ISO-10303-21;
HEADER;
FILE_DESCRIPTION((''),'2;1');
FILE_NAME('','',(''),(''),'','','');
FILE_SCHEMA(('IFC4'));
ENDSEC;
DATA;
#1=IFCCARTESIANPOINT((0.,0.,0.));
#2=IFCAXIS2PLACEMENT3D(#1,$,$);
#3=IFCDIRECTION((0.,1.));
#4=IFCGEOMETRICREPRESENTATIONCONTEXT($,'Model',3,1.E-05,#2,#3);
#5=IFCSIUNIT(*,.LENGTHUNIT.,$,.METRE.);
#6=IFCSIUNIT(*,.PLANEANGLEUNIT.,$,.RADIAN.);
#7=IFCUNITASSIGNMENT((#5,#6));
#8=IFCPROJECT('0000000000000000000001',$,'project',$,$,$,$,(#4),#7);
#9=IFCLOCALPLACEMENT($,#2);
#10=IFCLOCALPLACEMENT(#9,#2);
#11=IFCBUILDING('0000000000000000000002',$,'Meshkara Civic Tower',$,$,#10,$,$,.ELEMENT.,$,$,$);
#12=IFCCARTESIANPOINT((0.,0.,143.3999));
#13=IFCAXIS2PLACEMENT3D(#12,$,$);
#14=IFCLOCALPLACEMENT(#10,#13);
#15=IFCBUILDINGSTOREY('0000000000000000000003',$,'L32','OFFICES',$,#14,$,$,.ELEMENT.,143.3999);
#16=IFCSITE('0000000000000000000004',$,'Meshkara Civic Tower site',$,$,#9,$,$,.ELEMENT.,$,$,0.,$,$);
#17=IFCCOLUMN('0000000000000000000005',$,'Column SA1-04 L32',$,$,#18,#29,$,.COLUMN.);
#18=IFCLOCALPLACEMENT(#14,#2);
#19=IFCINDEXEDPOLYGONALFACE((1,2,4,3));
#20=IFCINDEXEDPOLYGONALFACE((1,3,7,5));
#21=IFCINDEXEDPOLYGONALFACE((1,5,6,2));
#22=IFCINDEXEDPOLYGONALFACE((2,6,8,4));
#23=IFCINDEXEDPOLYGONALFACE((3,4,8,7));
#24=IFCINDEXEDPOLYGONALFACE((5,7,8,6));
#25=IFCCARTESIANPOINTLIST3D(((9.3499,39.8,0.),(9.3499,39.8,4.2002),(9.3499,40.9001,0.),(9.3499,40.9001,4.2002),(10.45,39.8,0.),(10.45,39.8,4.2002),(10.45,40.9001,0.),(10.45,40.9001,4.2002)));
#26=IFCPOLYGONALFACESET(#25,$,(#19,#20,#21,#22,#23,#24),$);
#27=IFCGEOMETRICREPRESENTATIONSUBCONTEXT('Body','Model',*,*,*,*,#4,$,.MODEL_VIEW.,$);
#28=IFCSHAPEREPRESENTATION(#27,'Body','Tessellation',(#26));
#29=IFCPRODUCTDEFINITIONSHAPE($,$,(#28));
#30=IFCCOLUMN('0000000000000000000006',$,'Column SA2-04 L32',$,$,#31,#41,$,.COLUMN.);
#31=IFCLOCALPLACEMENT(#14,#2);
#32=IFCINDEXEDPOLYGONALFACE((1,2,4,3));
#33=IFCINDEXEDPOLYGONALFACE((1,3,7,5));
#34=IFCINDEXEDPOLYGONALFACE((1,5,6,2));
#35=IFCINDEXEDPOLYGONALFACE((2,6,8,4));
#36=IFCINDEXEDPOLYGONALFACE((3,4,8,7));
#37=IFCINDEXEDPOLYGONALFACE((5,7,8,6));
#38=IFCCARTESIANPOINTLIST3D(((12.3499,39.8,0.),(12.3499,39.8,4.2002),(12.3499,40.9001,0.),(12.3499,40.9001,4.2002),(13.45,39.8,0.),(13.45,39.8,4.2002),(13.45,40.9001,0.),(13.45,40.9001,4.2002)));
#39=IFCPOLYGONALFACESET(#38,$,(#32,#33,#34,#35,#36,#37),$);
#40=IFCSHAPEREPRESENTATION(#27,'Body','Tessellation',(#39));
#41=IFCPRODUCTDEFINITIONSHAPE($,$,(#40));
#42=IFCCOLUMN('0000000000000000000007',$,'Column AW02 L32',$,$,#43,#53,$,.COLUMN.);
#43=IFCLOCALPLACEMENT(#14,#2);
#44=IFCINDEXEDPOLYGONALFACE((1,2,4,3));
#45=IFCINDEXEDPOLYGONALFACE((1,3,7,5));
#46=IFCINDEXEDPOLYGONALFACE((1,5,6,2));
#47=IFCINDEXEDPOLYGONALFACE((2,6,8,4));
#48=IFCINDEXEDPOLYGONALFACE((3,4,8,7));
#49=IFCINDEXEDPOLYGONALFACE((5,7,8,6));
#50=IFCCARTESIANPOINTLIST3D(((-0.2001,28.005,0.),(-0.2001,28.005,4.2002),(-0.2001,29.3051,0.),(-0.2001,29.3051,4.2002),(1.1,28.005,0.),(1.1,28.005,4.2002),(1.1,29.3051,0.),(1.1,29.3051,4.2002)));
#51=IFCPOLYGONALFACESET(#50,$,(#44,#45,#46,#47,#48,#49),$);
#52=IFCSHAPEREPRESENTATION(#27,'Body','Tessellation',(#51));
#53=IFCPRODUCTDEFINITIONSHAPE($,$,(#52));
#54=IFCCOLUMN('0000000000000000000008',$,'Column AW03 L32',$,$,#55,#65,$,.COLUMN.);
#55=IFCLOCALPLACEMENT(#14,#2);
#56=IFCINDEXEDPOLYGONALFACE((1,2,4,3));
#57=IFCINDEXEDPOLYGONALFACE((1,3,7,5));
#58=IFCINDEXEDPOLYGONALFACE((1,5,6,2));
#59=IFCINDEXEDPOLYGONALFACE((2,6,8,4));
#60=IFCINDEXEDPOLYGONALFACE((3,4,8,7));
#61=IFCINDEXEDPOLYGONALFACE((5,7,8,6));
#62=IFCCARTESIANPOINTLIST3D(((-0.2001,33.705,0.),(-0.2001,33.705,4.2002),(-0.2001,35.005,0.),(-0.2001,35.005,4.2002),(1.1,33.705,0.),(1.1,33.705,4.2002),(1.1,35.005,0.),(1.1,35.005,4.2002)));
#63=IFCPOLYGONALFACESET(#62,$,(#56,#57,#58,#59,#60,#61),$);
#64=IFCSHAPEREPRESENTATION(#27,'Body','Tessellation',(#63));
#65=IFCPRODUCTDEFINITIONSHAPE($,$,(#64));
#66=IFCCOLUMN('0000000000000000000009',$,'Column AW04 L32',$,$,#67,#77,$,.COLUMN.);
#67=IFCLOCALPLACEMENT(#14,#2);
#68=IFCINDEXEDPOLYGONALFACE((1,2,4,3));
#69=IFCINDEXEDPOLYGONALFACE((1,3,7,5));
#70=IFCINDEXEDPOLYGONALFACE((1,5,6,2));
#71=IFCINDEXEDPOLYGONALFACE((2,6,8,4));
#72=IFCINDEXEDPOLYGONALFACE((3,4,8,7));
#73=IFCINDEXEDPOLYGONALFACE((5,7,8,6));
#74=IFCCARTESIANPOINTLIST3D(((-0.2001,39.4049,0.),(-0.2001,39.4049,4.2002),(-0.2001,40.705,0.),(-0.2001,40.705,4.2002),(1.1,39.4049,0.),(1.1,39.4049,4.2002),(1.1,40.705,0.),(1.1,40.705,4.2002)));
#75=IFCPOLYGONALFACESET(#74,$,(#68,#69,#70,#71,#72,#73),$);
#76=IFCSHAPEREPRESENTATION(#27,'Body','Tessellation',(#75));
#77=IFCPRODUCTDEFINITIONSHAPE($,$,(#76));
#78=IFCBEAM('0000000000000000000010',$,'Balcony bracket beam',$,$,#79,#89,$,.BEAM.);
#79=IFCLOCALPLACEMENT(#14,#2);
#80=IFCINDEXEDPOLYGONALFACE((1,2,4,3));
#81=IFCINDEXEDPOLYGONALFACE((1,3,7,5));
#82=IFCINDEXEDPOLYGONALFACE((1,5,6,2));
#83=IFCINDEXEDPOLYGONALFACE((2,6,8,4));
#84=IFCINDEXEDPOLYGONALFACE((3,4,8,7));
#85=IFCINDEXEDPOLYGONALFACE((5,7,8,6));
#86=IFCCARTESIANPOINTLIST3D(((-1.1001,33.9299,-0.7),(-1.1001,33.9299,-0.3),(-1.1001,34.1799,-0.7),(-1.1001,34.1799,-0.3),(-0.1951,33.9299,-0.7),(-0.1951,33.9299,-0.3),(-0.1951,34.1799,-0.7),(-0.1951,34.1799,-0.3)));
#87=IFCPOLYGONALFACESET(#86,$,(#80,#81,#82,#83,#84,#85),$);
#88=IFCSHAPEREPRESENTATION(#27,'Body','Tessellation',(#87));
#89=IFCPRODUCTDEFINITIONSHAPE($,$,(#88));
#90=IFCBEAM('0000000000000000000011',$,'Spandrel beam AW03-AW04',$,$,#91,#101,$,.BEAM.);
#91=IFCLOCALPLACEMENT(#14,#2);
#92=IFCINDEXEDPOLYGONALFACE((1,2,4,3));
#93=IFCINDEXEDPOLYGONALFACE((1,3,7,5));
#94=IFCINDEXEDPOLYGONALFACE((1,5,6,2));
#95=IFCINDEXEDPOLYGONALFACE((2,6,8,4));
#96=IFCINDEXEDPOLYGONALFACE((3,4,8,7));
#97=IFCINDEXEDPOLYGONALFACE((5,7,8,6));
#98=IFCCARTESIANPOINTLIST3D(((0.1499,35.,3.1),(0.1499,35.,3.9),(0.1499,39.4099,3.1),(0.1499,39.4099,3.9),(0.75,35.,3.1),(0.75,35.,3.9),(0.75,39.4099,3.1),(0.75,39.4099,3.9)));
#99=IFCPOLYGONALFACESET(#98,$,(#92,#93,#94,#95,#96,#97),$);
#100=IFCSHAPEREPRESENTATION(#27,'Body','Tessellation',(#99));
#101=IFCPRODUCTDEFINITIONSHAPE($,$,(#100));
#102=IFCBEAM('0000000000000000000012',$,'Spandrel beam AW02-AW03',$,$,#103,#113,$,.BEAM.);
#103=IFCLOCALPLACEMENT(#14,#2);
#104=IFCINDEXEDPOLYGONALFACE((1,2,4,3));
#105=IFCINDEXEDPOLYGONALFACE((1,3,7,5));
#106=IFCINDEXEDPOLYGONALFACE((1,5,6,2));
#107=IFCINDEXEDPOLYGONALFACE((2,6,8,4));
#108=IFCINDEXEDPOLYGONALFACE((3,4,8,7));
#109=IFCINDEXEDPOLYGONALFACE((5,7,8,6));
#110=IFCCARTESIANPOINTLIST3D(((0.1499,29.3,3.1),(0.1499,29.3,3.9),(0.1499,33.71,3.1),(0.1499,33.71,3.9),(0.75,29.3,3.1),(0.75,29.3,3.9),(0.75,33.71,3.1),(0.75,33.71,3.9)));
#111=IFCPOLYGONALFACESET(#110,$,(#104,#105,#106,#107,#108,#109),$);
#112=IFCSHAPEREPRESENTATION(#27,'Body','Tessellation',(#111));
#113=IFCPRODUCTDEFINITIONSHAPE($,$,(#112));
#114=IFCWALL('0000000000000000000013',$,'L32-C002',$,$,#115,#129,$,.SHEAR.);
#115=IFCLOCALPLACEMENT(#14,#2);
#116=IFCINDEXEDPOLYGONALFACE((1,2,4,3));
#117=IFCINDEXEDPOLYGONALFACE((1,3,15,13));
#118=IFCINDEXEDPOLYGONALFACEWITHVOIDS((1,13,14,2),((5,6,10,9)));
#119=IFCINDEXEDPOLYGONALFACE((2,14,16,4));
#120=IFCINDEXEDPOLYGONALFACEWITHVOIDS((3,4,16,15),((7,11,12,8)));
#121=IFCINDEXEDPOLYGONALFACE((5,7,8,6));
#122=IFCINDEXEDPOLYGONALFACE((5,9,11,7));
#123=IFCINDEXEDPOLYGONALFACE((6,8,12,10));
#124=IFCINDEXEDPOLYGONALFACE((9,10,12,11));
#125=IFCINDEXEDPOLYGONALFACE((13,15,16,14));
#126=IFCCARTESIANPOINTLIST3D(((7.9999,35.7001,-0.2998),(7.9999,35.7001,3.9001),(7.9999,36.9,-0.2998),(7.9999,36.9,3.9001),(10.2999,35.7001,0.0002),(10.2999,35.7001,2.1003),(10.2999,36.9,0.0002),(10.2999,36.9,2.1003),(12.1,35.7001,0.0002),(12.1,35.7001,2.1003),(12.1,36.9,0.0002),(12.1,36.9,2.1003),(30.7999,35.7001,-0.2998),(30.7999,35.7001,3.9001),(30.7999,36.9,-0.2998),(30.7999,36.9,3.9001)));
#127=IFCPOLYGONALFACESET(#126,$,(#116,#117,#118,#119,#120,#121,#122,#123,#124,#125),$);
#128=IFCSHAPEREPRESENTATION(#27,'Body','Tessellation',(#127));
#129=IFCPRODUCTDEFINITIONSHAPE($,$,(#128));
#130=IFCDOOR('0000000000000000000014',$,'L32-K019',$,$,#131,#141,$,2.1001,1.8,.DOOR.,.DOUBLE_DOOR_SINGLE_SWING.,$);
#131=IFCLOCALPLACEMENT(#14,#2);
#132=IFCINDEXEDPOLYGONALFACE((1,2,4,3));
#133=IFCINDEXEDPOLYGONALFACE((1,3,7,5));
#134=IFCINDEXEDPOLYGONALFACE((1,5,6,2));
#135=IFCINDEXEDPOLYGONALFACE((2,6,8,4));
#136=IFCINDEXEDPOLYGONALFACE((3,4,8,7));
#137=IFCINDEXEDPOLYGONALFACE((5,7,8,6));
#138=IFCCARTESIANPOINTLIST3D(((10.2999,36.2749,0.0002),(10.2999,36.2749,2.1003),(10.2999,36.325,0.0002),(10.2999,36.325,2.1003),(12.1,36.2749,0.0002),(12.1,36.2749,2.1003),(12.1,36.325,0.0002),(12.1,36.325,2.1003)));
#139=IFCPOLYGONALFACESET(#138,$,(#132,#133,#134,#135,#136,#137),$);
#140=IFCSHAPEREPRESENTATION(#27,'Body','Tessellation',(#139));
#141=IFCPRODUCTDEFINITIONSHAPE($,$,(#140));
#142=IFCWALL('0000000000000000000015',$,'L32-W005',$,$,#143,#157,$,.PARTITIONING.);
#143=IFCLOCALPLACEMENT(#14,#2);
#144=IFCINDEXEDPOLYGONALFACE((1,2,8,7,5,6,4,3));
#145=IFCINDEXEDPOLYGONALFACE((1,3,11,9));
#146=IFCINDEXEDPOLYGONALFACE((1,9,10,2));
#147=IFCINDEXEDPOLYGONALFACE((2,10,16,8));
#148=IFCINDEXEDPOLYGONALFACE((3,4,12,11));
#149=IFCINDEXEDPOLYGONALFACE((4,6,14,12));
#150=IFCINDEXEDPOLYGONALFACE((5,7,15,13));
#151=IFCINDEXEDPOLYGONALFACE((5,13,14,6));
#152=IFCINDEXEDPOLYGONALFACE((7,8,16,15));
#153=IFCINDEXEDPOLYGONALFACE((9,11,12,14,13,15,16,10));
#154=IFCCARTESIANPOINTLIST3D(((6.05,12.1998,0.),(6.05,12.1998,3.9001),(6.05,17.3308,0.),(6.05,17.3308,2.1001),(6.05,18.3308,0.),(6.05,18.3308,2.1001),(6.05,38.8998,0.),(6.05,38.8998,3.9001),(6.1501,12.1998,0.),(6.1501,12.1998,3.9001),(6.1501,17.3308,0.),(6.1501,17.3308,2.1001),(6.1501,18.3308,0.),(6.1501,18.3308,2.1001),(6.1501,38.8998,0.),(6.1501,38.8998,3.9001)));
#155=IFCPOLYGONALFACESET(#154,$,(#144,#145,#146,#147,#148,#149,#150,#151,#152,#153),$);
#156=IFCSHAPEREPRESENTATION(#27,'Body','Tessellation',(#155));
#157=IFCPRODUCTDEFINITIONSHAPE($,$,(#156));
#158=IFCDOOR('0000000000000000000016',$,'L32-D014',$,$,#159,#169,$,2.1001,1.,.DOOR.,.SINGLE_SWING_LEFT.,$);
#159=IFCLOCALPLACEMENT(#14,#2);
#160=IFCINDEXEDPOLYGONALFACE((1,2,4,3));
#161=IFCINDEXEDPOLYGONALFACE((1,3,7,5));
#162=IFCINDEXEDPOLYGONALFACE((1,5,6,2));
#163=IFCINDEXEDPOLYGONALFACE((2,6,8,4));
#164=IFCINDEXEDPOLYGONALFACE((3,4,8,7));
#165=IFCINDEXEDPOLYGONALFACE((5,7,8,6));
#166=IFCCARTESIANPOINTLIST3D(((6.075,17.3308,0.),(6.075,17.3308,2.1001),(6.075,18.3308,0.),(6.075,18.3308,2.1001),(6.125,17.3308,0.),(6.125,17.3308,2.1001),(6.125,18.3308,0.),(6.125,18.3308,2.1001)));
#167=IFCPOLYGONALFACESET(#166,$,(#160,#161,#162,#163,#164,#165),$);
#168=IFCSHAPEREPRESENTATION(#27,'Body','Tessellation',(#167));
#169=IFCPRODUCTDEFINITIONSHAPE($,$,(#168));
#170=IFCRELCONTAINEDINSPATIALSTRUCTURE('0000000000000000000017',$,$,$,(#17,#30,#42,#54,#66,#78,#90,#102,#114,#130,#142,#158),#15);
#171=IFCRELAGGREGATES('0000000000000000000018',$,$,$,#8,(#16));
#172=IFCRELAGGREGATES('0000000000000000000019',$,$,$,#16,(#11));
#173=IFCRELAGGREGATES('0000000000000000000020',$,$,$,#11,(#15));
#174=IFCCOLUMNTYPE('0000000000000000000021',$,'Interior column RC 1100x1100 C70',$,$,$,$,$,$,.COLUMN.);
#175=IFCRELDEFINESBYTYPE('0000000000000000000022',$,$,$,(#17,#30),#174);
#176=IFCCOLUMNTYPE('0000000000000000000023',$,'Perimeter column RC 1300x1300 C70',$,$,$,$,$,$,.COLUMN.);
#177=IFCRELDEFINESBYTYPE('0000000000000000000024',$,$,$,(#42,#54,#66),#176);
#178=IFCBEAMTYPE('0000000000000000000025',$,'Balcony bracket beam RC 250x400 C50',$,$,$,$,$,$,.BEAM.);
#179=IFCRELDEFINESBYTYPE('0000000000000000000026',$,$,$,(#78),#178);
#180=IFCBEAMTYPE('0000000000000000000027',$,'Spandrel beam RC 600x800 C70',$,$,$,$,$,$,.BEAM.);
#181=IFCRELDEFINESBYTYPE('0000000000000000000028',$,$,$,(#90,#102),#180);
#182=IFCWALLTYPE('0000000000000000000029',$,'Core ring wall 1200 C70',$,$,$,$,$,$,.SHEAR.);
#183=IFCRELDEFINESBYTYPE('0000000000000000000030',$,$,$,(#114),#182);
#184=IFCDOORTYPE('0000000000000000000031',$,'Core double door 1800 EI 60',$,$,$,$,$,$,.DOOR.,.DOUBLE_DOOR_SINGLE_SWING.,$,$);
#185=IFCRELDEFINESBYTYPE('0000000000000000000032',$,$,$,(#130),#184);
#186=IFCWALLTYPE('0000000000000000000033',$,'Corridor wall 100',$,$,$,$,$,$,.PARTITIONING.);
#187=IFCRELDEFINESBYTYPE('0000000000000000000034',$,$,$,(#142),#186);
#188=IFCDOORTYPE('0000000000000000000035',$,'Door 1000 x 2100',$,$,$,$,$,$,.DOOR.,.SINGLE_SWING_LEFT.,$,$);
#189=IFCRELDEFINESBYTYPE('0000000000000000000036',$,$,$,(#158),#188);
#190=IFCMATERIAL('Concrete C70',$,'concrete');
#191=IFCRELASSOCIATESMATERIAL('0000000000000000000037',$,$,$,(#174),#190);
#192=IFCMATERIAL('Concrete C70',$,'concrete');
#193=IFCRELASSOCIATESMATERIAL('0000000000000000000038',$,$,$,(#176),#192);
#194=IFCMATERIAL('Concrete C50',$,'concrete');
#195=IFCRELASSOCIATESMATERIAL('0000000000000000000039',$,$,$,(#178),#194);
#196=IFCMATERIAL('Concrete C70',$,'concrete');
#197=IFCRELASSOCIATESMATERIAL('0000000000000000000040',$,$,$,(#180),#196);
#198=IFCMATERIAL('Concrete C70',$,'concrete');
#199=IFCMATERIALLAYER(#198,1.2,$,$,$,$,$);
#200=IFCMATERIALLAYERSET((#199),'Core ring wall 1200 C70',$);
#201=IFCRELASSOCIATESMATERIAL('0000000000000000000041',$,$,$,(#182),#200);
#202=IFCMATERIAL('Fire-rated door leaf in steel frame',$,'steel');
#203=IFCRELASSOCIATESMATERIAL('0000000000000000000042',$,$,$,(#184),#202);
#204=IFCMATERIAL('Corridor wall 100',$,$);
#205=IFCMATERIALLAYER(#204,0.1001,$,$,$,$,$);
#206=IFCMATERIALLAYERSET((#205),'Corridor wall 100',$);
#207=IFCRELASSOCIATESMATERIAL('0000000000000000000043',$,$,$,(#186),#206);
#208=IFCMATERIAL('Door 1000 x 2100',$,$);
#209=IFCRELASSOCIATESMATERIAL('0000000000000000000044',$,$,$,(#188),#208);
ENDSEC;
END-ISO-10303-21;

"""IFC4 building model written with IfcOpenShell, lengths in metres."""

from ifc_helpers import new_model, si_unit, direction, frame, frame_2d, origin, origin_2d, place, context, subcontext, project, spatial, rectangle, extrude, material, layer, layer_set, material_profile, profile_set, type_object, element, fill, save


model = new_model("IFC4")

# Units and contexts
model_context = context("Model", 3, precision=1e-05, world=origin(), true_north=direction((0.0, 1.0)))
body_context = subcontext(model_context, "Body", "Model", "MODEL_VIEW")
ifc_project = project(units=[si_unit("LENGTHUNIT", "METRE"), si_unit("PLANEANGLEUNIT", "RADIAN")], contexts=[model_context])

# Site, building, storey
site_placement = place(None, origin())
site = spatial("IfcSite", under=ifc_project, at=site_placement, Name="Meshkara Civic Tower site", CompositionType="ELEMENT", RefElevation=0.0)
building_placement = place(site_placement, origin())
building = spatial("IfcBuilding", under=site, at=building_placement, Name="Meshkara Civic Tower", CompositionType="ELEMENT")
storey_placement = place(building_placement, frame((0.0, 0.0, 143.3999)))
storey = spatial("IfcBuildingStorey", under=building, at=storey_placement, Name="L32", Description="OFFICES", CompositionType="ELEMENT", Elevation=143.3999)

# Columns
ifc_material_1 = material(Name="Concrete C70", Category="concrete")
ifc_material_profile_1 = material_profile(ifc_material_1, rectangle(XDim=1.1001, YDim=1.1001, at=origin_2d()))
ifc_profile_set_1 = profile_set([ifc_material_profile_1], Name="Concrete C70")
column_type_1 = type_object("IfcColumnType", Name="Interior column RC 1100x1100 C70", PredefinedType="COLUMN", material=ifc_profile_set_1)
for number, where, z_axis, x_axis, name in (
    (1, (9.8999, 40.3501, 0.0), (0.0, 0.0, 1.0), (1.0, 0.0, 0.0), "Column SA1-04 L32"),
    (2, (12.8999, 40.3501, 0.0), (0.0, 0.0, 1.0), (1.0, 0.0, 0.0), "Column SA2-04 L32"),
):
    element("IfcColumn", number, at=place(storey_placement, frame(where, z_axis=z_axis, x_axis=x_axis)), inside=storey, type_object=column_type_1, Name=name, PredefinedType="COLUMN", context=body_context, shape_type="SweptSolid", body=[
        extrude(rectangle(XDim=1.1001, YDim=1.1001, at=origin_2d()), origin(), (0.0, 0.0, 1.0), 4.2002),
    ])
ifc_material_2 = material(Name="Concrete C70", Category="concrete")
ifc_material_profile_2 = material_profile(ifc_material_2, rectangle(XDim=1.3, YDim=1.3, at=origin_2d()))
ifc_profile_set_2 = profile_set([ifc_material_profile_2], Name="Concrete C70")
column_type_2 = type_object("IfcColumnType", Name="Perimeter column RC 1300x1300 C70", PredefinedType="COLUMN", material=ifc_profile_set_2)
for number, where, z_axis, x_axis, name in (
    (3, (0.45, 28.655, 0.0), (0.0, 0.0, 1.0), (1.0, 0.0, 0.0), "Column AW02 L32"),
    (4, (0.45, 34.355, 0.0), (0.0, 0.0, 1.0), (1.0, 0.0, 0.0), "Column AW03 L32"),
    (5, (0.45, 40.0549, 0.0), (0.0, 0.0, 1.0), (1.0, 0.0, 0.0), "Column AW04 L32"),
):
    element("IfcColumn", number, at=place(storey_placement, frame(where, z_axis=z_axis, x_axis=x_axis)), inside=storey, type_object=column_type_2, Name=name, PredefinedType="COLUMN", context=body_context, shape_type="SweptSolid", body=[
        extrude(rectangle(XDim=1.3, YDim=1.3, at=origin_2d()), origin(), (0.0, 0.0, 1.0), 4.2002),
    ])

# Beams
ifc_material_3 = material(Name="Concrete C50", Category="concrete")
ifc_material_profile_3 = material_profile(ifc_material_3, rectangle(XDim=0.25, YDim=0.3999, at=origin_2d()))
ifc_profile_set_3 = profile_set([ifc_material_profile_3], Name="Concrete C50")
beam_type_1 = type_object("IfcBeamType", Name="Balcony bracket beam RC 250x400 C50", PredefinedType="BEAM", material=ifc_profile_set_3)
beam_placement = place(storey_placement, frame((-0.1951, 34.0549, -0.5), z_axis=(-1.0, 0.0, 0.0), x_axis=(0.0, -1.0, 0.0)))
element("IfcBeam", 6, at=beam_placement, inside=storey, type_object=beam_type_1, Name="Balcony bracket beam", PredefinedType="BEAM", context=body_context, shape_type="SweptSolid", body=[
    extrude(rectangle(XDim=0.25, YDim=0.3999, at=origin_2d()), origin(), (0.0, 0.0, 1.0), 0.905),
])
ifc_material_4 = material(Name="Concrete C70", Category="concrete")
ifc_material_profile_4 = material_profile(ifc_material_4, rectangle(XDim=0.6001, YDim=0.8, at=origin_2d()))
ifc_profile_set_4 = profile_set([ifc_material_profile_4], Name="Concrete C70")
beam_type_2 = type_object("IfcBeamType", Name="Spandrel beam RC 600x800 C70", PredefinedType="BEAM", material=ifc_profile_set_4)
for number, where, z_axis, x_axis, name in (
    (7, (0.45, 39.4099, 3.5), (0.0, -1.0, 0.0), (1.0, 0.0, 0.0), "Spandrel beam AW03-AW04"),
    (8, (0.45, 33.71, 3.5), (0.0, -1.0, 0.0), (1.0, 0.0, 0.0), "Spandrel beam AW02-AW03"),
):
    element("IfcBeam", number, at=place(storey_placement, frame(where, z_axis=z_axis, x_axis=x_axis)), inside=storey, type_object=beam_type_2, Name=name, PredefinedType="BEAM", context=body_context, shape_type="SweptSolid", body=[
        extrude(rectangle(XDim=0.6001, YDim=0.8, at=origin_2d()), origin(), (0.0, 0.0, 1.0), 4.4099),
    ])

# Walls, openings, doors
ifc_material_5 = material(Name="Concrete C70", Category="concrete")
ifc_layer_1 = layer(ifc_material_5, 1.2)
ifc_layer_set_1 = layer_set([ifc_layer_1], Name="Core ring wall 1200 C70")
wall_type_1 = type_object("IfcWallType", Name="Core ring wall 1200 C70", PredefinedType="SHEAR", material=ifc_layer_set_1)
wall_1_placement = place(storey_placement, frame((8.0, 36.3, -0.2998), z_axis=(0.0, 0.0, 1.0), x_axis=(1.0, 0.0, 0.0)))
wall_1 = element("IfcWall", 9, at=wall_1_placement, inside=storey, type_object=wall_type_1, Name="L32-C002", PredefinedType="SHEAR", context=body_context, shape_type="SweptSolid", body=[
    extrude(rectangle(XDim=22.8, YDim=1.2, at=frame_2d((11.3999, 0.0))), origin(), (0.0, 0.0, 1.0), 4.2),
])
opening_1_placement = place(wall_1_placement, frame((2.3, 0.0, 0.3)))
opening_1 = element("IfcOpeningElement", 10, at=opening_1_placement, cuts=wall_1, PredefinedType="OPENING", context=body_context, shape_type="SweptSolid", body=[
    extrude(rectangle(XDim=1.8, YDim=2.1001, at=frame_2d((0.8999, 1.05))), frame((0.0, 0.6099, 0.0), z_axis=(0.0, -1.0, 0.0), x_axis=(1.0, 0.0, 0.0)), (0.0, 0.0, 1.0), 1.22),
])
ifc_material_6 = material(Name="Fire-rated door leaf in steel frame", Category="steel")
door_type_1 = type_object("IfcDoorType", Name="Core double door 1800 EI 60", OperationType="DOUBLE_DOOR_SINGLE_SWING", PredefinedType="DOOR", material=ifc_material_6)
door_1_placement = place(opening_1_placement, origin())
door_1 = element("IfcDoor", 11, at=door_1_placement, inside=storey, type_object=door_type_1, Name="L32-K019", OperationType="DOUBLE_DOOR_SINGLE_SWING", OverallHeight=2.1001, OverallWidth=1.8, PredefinedType="DOOR", context=body_context, shape_type="SweptSolid", body=[
    extrude(rectangle(XDim=1.8, YDim=2.1001, at=frame_2d((0.8999, 1.05))), frame((0.0, 0.0249, 0.0), z_axis=(0.0, -1.0, 0.0), x_axis=(1.0, 0.0, 0.0)), (0.0, 0.0, 1.0), 0.05),
])
fill(opening_1, door_1)
ifc_material_7 = material(Name="Corridor wall 100")
ifc_layer_2 = layer(ifc_material_7, 0.1001)
ifc_layer_set_2 = layer_set([ifc_layer_2], Name="Corridor wall 100")
wall_type_2 = type_object("IfcWallType", Name="Corridor wall 100", PredefinedType="PARTITIONING", material=ifc_layer_set_2)
wall_2_placement = place(storey_placement, frame((6.1001, 38.8999, 0.0), z_axis=(0.0, 0.0, 1.0), x_axis=(0.0, -1.0, 0.0)))
wall_2 = element("IfcWall", 12, at=wall_2_placement, inside=storey, type_object=wall_type_2, Name="L32-W005", PredefinedType="PARTITIONING", context=body_context, shape_type="SweptSolid", body=[
    extrude(rectangle(XDim=26.7, YDim=0.1001, at=frame_2d((13.3501, 0.0))), origin(), (0.0, 0.0, 1.0), 3.9001),
])
opening_2_placement = place(wall_2_placement, frame((20.5691, 0.0, 0.0)))
opening_2 = element("IfcOpeningElement", 13, at=opening_2_placement, cuts=wall_2, PredefinedType="OPENING", context=body_context, shape_type="SweptSolid", body=[
    extrude(rectangle(XDim=1.0, YDim=2.1001, at=frame_2d((0.5, 1.05))), frame((0.0, 0.0601, 0.0), z_axis=(0.0, -1.0, 0.0), x_axis=(1.0, 0.0, 0.0)), (0.0, 0.0, 1.0), 0.1201),
])
ifc_material_8 = material(Name="Door 1000 x 2100")
door_type_2 = type_object("IfcDoorType", Name="Door 1000 x 2100", OperationType="SINGLE_SWING_LEFT", PredefinedType="DOOR", material=ifc_material_8)
door_2_placement = place(opening_2_placement, origin())
door_2 = element("IfcDoor", 14, at=door_2_placement, inside=storey, type_object=door_type_2, Name="L32-D014", OperationType="SINGLE_SWING_LEFT", OverallHeight=2.1001, OverallWidth=1.0, PredefinedType="DOOR", context=body_context, shape_type="SweptSolid", body=[
    extrude(rectangle(XDim=1.0, YDim=2.1001, at=frame_2d((0.5, 1.05))), frame((0.0, 0.0249, 0.0), z_axis=(0.0, -1.0, 0.0), x_axis=(1.0, 0.0, 0.0)), (0.0, 0.0, 1.0), 0.05),
])
fill(opening_2, door_2)

save(model, "model.ifc")
